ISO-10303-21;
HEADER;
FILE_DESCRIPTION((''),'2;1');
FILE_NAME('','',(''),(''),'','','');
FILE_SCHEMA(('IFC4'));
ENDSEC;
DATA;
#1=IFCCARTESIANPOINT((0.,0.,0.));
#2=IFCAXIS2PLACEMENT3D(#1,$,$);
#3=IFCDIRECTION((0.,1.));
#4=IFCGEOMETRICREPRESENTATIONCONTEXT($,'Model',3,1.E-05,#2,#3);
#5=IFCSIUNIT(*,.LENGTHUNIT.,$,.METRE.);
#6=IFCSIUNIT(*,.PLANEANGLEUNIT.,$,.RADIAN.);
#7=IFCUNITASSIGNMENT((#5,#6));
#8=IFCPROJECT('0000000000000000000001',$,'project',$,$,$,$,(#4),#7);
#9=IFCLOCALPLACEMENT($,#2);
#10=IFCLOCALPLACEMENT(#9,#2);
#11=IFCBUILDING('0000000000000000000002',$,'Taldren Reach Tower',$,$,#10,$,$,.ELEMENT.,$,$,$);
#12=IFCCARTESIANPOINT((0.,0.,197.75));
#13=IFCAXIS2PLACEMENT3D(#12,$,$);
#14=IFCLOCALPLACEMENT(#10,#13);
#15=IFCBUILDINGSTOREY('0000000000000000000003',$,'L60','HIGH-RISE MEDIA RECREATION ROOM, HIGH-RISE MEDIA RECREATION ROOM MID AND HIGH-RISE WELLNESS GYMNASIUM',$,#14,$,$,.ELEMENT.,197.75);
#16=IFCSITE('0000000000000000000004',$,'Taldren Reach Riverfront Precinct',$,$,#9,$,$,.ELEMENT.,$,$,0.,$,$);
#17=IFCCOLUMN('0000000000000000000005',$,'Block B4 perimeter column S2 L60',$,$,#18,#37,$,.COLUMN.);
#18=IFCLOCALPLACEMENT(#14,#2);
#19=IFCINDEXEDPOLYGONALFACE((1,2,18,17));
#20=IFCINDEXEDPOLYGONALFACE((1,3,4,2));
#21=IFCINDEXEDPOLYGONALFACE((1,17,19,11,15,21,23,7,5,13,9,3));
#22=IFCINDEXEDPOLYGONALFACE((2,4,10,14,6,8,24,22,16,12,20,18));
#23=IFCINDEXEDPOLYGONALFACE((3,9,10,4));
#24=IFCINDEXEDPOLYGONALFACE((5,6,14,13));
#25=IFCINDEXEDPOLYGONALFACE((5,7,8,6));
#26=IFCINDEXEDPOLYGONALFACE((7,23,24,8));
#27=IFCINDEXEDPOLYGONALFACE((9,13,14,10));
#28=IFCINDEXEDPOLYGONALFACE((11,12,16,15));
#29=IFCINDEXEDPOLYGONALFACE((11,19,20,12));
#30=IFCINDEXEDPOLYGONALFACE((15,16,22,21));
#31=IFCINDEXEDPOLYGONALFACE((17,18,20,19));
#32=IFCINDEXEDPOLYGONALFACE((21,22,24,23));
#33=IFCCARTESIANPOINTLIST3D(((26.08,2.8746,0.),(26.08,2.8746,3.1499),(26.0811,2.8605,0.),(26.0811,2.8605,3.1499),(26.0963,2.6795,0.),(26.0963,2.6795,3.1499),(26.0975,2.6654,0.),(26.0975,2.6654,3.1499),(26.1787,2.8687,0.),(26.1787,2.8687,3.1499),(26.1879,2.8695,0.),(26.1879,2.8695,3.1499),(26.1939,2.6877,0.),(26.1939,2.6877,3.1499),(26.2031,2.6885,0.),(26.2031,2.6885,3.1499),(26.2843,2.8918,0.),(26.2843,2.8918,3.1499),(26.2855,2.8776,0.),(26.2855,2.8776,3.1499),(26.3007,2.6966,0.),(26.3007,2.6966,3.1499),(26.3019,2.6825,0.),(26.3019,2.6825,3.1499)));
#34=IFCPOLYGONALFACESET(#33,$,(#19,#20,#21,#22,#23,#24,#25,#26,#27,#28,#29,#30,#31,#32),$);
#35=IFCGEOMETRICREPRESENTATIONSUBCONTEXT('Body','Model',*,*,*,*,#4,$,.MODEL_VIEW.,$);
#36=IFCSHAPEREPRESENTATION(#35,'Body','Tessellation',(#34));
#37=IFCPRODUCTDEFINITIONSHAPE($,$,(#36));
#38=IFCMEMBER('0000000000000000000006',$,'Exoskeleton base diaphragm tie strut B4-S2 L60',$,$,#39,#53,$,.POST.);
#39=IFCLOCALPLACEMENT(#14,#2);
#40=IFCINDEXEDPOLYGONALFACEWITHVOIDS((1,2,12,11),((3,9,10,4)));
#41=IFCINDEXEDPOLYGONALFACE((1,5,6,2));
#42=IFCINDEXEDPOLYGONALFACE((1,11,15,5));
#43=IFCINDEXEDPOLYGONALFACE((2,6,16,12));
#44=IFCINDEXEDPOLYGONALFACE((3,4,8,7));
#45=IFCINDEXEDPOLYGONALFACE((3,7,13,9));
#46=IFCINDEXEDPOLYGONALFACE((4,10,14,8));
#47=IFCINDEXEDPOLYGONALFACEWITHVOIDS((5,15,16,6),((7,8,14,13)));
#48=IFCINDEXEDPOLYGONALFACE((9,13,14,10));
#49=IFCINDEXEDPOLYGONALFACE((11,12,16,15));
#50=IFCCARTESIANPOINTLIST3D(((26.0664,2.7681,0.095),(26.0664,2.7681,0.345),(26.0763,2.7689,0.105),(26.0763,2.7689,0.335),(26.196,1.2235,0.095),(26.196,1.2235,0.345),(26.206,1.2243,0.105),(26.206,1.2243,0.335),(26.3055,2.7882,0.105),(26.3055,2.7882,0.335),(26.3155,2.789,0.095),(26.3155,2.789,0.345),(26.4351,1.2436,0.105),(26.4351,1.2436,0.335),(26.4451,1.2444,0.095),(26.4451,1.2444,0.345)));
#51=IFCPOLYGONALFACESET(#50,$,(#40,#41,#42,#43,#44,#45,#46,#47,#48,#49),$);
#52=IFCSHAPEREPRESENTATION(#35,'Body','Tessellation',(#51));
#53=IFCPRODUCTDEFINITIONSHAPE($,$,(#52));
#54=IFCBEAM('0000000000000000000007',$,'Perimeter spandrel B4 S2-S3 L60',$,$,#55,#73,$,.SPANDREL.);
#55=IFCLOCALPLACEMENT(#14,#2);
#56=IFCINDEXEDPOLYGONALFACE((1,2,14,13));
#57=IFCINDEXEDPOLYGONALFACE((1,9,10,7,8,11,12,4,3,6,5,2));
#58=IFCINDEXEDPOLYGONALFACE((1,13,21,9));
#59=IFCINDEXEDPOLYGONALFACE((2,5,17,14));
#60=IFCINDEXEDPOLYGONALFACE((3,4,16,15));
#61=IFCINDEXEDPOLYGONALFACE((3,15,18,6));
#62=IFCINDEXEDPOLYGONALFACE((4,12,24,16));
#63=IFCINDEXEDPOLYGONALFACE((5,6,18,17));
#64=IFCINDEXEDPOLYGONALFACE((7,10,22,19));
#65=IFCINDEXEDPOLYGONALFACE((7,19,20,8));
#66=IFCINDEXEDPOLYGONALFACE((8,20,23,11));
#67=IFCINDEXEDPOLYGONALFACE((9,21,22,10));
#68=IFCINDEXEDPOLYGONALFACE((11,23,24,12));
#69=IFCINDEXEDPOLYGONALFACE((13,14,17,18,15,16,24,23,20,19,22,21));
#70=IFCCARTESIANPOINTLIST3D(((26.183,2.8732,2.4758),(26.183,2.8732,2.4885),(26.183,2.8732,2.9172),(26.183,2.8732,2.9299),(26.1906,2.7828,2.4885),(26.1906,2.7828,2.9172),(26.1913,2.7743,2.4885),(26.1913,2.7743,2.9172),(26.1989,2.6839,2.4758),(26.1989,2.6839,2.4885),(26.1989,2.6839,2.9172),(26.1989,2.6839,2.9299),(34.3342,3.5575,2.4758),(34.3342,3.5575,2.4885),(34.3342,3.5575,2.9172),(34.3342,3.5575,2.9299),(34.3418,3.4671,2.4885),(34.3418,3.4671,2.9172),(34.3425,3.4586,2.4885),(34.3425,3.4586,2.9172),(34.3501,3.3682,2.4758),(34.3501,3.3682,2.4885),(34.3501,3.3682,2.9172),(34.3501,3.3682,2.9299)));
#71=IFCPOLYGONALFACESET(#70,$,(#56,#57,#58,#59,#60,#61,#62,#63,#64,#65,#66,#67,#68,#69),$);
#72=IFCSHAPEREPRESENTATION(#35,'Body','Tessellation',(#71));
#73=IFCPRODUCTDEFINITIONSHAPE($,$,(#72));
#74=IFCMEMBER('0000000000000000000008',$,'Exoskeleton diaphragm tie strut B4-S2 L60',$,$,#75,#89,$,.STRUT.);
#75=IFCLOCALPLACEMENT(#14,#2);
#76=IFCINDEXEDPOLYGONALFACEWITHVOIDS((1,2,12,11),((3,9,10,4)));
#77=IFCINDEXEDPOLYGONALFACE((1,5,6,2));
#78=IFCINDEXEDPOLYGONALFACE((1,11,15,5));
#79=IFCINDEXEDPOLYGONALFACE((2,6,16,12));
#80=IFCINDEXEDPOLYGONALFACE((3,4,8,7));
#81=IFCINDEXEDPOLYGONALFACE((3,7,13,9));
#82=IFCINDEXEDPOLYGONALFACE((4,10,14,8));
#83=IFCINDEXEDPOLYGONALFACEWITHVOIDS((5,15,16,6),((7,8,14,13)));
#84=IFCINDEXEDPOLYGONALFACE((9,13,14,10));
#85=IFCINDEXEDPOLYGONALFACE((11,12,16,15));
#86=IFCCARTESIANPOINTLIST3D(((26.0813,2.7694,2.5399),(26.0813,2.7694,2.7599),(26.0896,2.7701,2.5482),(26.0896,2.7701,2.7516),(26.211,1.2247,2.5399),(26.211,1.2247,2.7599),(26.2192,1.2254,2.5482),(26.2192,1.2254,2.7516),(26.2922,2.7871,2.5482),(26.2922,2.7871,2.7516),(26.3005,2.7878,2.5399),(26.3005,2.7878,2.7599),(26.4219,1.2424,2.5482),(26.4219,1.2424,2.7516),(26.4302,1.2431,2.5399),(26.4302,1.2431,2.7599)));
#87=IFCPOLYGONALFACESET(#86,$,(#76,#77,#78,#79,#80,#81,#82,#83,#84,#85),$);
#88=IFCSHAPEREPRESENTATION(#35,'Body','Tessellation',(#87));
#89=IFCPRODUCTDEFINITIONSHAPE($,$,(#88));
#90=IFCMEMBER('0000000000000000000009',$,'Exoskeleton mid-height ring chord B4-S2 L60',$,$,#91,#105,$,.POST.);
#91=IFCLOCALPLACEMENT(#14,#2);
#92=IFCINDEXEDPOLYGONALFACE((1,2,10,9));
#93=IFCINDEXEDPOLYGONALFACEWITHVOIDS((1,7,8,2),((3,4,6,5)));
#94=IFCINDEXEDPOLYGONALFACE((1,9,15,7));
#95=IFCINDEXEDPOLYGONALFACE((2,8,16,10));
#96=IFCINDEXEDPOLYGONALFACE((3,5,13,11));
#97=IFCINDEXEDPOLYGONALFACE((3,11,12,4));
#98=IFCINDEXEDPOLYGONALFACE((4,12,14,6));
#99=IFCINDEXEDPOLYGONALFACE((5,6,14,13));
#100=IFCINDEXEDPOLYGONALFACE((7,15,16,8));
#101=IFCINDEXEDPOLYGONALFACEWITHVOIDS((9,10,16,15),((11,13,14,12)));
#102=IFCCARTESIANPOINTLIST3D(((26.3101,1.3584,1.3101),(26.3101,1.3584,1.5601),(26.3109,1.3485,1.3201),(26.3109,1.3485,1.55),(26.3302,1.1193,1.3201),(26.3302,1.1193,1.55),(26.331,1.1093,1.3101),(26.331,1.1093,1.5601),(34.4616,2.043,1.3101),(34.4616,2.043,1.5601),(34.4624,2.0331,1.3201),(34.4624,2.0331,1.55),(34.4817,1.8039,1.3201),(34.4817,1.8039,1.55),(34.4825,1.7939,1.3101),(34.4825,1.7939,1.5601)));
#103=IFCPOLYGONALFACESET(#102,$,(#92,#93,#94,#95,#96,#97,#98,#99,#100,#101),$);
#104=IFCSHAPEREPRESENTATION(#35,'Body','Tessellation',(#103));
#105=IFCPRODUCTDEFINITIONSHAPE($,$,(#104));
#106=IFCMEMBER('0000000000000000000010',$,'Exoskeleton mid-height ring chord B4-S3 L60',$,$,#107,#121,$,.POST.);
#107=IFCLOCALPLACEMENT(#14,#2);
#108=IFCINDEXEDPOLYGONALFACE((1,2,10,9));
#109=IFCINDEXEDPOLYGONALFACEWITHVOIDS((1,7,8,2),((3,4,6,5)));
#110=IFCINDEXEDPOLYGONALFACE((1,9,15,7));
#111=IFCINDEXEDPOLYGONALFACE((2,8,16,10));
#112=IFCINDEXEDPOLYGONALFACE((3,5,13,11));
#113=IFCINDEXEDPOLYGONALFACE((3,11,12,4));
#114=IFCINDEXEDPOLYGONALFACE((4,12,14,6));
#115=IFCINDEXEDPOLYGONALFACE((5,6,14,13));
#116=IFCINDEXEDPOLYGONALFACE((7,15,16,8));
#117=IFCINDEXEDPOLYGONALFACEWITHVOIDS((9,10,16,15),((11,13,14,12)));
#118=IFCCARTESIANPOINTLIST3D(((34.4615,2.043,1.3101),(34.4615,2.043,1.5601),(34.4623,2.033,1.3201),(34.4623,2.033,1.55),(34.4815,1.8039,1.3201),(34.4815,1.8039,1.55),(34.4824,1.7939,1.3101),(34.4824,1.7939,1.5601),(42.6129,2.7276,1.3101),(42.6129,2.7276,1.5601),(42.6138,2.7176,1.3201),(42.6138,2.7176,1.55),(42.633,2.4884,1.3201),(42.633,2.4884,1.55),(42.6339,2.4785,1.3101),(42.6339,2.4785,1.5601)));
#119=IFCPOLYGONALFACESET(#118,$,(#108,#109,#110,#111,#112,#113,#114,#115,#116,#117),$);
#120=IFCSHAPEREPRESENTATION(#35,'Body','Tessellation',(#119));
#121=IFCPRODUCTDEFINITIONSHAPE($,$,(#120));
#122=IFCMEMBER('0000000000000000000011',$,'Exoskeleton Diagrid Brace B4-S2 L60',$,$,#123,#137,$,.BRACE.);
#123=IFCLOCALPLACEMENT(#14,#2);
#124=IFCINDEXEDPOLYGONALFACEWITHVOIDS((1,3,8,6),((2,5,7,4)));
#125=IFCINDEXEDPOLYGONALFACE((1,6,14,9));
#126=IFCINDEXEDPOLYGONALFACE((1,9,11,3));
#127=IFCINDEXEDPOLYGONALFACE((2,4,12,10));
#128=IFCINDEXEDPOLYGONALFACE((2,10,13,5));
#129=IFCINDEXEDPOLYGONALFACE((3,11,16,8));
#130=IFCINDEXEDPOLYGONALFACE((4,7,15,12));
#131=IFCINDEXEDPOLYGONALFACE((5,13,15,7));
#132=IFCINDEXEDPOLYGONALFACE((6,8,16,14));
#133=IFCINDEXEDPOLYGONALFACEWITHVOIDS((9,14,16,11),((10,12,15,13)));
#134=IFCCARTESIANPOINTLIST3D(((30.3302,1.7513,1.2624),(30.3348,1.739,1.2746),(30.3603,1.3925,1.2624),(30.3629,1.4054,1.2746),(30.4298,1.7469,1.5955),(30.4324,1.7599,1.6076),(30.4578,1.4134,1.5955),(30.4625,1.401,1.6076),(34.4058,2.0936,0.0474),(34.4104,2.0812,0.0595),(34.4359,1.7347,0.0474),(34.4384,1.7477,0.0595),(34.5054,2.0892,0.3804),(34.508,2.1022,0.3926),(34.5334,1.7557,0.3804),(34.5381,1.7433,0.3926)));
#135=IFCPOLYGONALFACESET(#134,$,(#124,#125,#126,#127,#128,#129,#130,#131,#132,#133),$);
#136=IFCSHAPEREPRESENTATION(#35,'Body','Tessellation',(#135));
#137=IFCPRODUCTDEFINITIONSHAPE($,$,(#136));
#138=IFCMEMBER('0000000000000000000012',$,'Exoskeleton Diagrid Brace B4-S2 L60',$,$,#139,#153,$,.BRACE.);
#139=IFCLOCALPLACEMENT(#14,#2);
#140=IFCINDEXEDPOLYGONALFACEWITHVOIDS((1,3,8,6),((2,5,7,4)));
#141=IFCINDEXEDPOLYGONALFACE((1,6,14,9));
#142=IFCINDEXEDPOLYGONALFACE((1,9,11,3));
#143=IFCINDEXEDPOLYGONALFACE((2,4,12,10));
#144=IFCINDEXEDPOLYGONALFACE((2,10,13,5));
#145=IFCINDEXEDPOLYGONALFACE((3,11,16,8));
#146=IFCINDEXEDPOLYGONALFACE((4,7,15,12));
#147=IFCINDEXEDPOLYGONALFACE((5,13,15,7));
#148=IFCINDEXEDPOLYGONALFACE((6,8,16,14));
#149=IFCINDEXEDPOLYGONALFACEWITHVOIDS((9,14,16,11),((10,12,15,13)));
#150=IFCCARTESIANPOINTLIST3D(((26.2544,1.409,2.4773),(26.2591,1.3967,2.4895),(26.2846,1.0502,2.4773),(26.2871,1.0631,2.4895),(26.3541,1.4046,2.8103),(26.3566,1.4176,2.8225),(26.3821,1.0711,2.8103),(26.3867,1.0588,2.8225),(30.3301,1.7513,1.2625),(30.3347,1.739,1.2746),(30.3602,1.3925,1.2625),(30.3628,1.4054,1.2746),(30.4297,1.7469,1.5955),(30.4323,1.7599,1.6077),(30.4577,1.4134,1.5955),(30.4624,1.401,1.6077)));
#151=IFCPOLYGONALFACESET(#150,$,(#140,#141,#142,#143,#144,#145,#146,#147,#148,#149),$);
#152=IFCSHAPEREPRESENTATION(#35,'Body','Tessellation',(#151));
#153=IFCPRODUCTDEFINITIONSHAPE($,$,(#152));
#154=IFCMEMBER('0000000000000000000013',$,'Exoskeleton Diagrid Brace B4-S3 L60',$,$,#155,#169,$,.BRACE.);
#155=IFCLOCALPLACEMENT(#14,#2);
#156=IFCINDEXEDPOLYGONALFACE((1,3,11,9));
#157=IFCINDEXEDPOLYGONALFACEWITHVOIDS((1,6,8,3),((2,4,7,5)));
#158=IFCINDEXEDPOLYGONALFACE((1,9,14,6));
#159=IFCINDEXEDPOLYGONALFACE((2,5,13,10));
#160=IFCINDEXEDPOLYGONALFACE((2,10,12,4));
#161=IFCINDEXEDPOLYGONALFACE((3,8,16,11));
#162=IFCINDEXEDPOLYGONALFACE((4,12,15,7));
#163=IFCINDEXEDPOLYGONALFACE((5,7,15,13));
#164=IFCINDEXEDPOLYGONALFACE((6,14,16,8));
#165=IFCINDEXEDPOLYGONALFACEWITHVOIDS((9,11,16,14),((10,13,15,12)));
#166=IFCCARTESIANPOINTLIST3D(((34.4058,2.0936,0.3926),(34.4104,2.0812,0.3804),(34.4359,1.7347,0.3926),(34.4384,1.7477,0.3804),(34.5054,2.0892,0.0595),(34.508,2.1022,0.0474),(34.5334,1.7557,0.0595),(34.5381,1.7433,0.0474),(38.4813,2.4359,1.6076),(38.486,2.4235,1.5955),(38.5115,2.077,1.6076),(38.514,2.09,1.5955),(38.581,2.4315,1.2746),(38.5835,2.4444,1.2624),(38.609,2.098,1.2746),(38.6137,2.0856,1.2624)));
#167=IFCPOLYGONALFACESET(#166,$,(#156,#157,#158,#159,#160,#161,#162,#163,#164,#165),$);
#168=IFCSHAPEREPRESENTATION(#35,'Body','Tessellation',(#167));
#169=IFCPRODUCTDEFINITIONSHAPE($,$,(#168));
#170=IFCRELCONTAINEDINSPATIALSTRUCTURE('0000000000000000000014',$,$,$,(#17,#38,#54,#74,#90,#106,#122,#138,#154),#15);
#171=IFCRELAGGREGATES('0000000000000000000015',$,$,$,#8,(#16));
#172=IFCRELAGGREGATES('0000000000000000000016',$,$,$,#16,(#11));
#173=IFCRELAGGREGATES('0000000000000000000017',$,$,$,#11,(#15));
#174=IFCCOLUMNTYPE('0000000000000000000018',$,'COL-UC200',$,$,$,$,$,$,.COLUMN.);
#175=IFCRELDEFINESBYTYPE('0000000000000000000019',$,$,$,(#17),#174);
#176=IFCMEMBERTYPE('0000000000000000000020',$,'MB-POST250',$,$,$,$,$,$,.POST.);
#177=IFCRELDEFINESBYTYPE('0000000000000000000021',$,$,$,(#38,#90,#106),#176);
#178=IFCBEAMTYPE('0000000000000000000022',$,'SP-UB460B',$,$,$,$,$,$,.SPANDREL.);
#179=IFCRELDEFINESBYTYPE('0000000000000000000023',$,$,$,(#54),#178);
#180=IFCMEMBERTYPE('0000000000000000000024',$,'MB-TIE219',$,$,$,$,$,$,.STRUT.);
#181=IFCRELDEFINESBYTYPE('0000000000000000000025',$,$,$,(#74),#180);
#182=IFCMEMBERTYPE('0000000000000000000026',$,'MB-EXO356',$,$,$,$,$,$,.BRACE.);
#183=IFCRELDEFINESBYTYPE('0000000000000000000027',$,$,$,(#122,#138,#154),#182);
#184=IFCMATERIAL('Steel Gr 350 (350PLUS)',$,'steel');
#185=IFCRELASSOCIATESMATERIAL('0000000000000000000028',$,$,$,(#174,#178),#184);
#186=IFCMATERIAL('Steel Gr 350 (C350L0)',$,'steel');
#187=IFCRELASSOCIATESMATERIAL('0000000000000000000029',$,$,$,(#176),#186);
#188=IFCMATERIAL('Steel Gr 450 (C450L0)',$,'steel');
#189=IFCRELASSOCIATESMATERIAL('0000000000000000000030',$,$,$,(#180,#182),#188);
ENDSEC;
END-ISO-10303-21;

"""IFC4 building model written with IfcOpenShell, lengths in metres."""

from ifc_helpers import new_model, si_unit, direction, frame, origin, origin_2d, place, context, subcontext, project, spatial, hollow_rectangle, i_section, extrude, source, transform, mapped, material, material_profile, profile_set, type_object, element, save


model = new_model("IFC4")

# Units and contexts
model_context = context("Model", 3, precision=1e-05, world=origin(), true_north=direction((0.0, 1.0)))
body_context = subcontext(model_context, "Body", "Model", "MODEL_VIEW")
ifc_project = project(units=[si_unit("LENGTHUNIT", "METRE"), si_unit("PLANEANGLEUNIT", "RADIAN")], contexts=[model_context])

# Site, building, storey
site_placement = place(None, origin())
site = spatial("IfcSite", under=ifc_project, at=site_placement, Name="Taldren Reach Riverfront Precinct", CompositionType="ELEMENT", RefElevation=0.0)
building_placement = place(site_placement, origin())
building = spatial("IfcBuilding", under=site, at=building_placement, Name="Taldren Reach Tower", CompositionType="ELEMENT")
storey_placement = place(building_placement, frame((0.0, 0.0, 197.75)))
storey = spatial("IfcBuildingStorey", under=building, at=storey_placement, Name="L60", Description="HIGH-RISE MEDIA RECREATION ROOM, HIGH-RISE MEDIA RECREATION ROOM MID AND HIGH-RISE WELLNESS GYMNASIUM", CompositionType="ELEMENT", Elevation=197.75)

# Column
ifc_material_1 = material(Name="Steel Gr 350 (350PLUS)", Category="steel")
ifc_material_profile_1 = material_profile(ifc_material_1, i_section(OverallWidth=0.2051, OverallDepth=0.21, WebThickness=0.0093, FlangeThickness=0.0142, at=origin_2d()), Name="200UC59.5")
ifc_profile_set_1 = profile_set([ifc_material_profile_1], Name="Steel Gr 350 (350PLUS)")
column_type = type_object("IfcColumnType", Name="COL-UC200", PredefinedType="COLUMN", material=ifc_profile_set_1)
shared_shape_1 = source(origin(), body_context, "Body", "SweptSolid", [
    extrude(i_section(OverallWidth=0.2051, OverallDepth=0.21, WebThickness=0.0093, FlangeThickness=0.0142, at=origin_2d()), origin(), (0.0, 0.0, 1.0), 3.1499),
])
column_placement = place(storey_placement, frame((26.1909, 2.7786, 0.0), z_axis=(0.0, 0.0, 1.0), x_axis=(0.996493, 0.083678, 0.0)))
element("IfcColumn", 1, at=column_placement, inside=storey, type_object=column_type, Name="Block B4 perimeter column S2 L60", PredefinedType="COLUMN", context=body_context, shape_type="MappedRepresentation", body=[
    mapped(shared_shape_1, transform((0.0, 0.0, 0.0), scale=1.0)),
])

# Member
ifc_material_2 = material(Name="Steel Gr 350 (C350L0)", Category="steel")
ifc_material_profile_2 = material_profile(ifc_material_2, hollow_rectangle(XDim=0.25, YDim=0.25, WallThickness=0.01, at=origin_2d()), Name="250x250x10.0SHS")
ifc_profile_set_2 = profile_set([ifc_material_profile_2], Name="Steel Gr 350 (C350L0)")
member_type_1 = type_object("IfcMemberType", Name="MB-POST250", PredefinedType="POST", material=ifc_profile_set_2)
shared_shape_2 = source(origin(), body_context, "Body", "SweptSolid", [
    extrude(hollow_rectangle(XDim=0.25, YDim=0.25, WallThickness=0.01, at=origin_2d()), origin(), (0.0, 0.0, 1.0), 1.55),
])
member_1_placement = place(storey_placement, frame((26.1909, 2.7786, 0.22), z_axis=(0.083632, -0.996497, 0.0), x_axis=(0.996497, 0.083632, 0.0)))
element("IfcMember", 2, at=member_1_placement, inside=storey, type_object=member_type_1, Name="Exoskeleton base diaphragm tie strut B4-S2 L60", PredefinedType="POST", context=body_context, shape_type="MappedRepresentation", body=[
    mapped(shared_shape_2, transform((0.0, 0.0, 0.0), scale=1.0)),
])

# Beam
ifc_material_profile_3 = material_profile(ifc_material_1, i_section(OverallWidth=0.1899, OverallDepth=0.4541, WebThickness=0.0085, FlangeThickness=0.0127, at=origin_2d()), Name="460UB67.1")
ifc_profile_set_3 = profile_set([ifc_material_profile_3], Name="Steel Gr 350 (350PLUS)")
beam_type = type_object("IfcBeamType", Name="SP-UB460B", PredefinedType="SPANDREL", material=ifc_profile_set_3)
shared_shape_3 = source(origin(), body_context, "Body", "SweptSolid", [
    extrude(i_section(OverallWidth=0.1899, OverallDepth=0.4541, WebThickness=0.0085, FlangeThickness=0.0127, at=origin_2d()), origin(), (0.0, 0.0, 1.0), 8.1799),
])
beam_placement = place(storey_placement, frame((26.1909, 2.7786, 2.7029), z_axis=(0.996495, 0.083658, 0.0), x_axis=(-0.083658, 0.996495, 0.0)))
element("IfcBeam", 3, at=beam_placement, inside=storey, type_object=beam_type, Name="Perimeter spandrel B4 S2-S3 L60", PredefinedType="SPANDREL", context=body_context, shape_type="MappedRepresentation", body=[
    mapped(shared_shape_3, transform((0.0, 0.0, 0.0), scale=1.0)),
])

# Members
ifc_material_3 = material(Name="Steel Gr 450 (C450L0)", Category="steel")
ifc_material_profile_4 = material_profile(ifc_material_3, hollow_rectangle(XDim=0.22, YDim=0.22, WallThickness=0.0083, at=origin_2d()), Name="220x220x8.2SHS")
ifc_profile_set_4 = profile_set([ifc_material_profile_4], Name="Steel Gr 450 (C450L0)")
member_type_2 = type_object("IfcMemberType", Name="MB-TIE219", PredefinedType="STRUT", material=ifc_profile_set_4)
shared_shape_4 = source(origin(), body_context, "Body", "SweptSolid", [
    extrude(hollow_rectangle(XDim=0.22, YDim=0.22, WallThickness=0.0083, at=origin_2d()), origin(), (0.0, 0.0, 1.0), 1.55),
])
member_2_placement = place(storey_placement, frame((26.1909, 2.7786, 2.6499), z_axis=(0.083632, -0.996497, 0.0), x_axis=(0.996497, 0.083632, 0.0)))
element("IfcMember", 4, at=member_2_placement, inside=storey, type_object=member_type_2, Name="Exoskeleton diaphragm tie strut B4-S2 L60", PredefinedType="STRUT", context=body_context, shape_type="MappedRepresentation", body=[
    mapped(shared_shape_4, transform((0.0, 0.0, 0.0), scale=1.0)),
])
shared_shape_5 = source(origin(), body_context, "Body", "SweptSolid", [
    extrude(hollow_rectangle(XDim=0.25, YDim=0.25, WallThickness=0.01, at=origin_2d()), origin(), (0.0, 0.0, 1.0), 8.1802),
])
for number, where, z_axis, x_axis, name in (
    (5, (26.3206, 1.2339, 1.4351), (0.996492, 0.083688, 0.0), (-0.083688, 0.996492, 0.0), "Exoskeleton mid-height ring chord B4-S2 L60"),
    (6, (34.4719, 1.9185, 1.4351), (0.996492, 0.083688, 0.0), (-0.083688, 0.996492, 0.0), "Exoskeleton mid-height ring chord B4-S3 L60"),
):
    element("IfcMember", number, at=place(storey_placement, frame(where, z_axis=z_axis, x_axis=x_axis)), inside=storey, type_object=member_type_1, Name=name, PredefinedType="POST", context=body_context, shape_type="MappedRepresentation", body=[
        mapped(shared_shape_5, transform((0.0, 0.0, 0.0), scale=1.0)),
    ])
ifc_material_profile_5 = material_profile(ifc_material_3, hollow_rectangle(XDim=0.3601, YDim=0.3601, WallThickness=0.0127, at=origin_2d()), Name="360x360x12.7SHS")
ifc_profile_set_5 = profile_set([ifc_material_profile_5], Name="Steel Gr 450 (C450L0)")
member_type_3 = type_object("IfcMemberType", Name="MB-EXO356", PredefinedType="BRACE", material=ifc_profile_set_5)
shared_shape_6 = source(origin(), body_context, "Body", "SweptSolid", [
    extrude(hollow_rectangle(XDim=0.3601, YDim=0.3601, WallThickness=0.0127, at=origin_2d()), origin(), (0.0, 0.0, 1.0), 4.2666),
])
for number, where, z_axis, x_axis, name in (
    (7, (34.4719, 1.9185, 0.22), (-0.955229, -0.080222, 0.284783), (0.083688, -0.996492, 0.0), "Exoskeleton Diagrid Brace B4-S2 L60"),
    (8, (30.3962, 1.5762, 1.4351), (-0.955245, -0.080224, 0.284731), (0.083688, -0.996492, 0.0), "Exoskeleton Diagrid Brace B4-S2 L60"),
    (9, (34.4719, 1.9185, 0.22), (0.955229, 0.080222, 0.284783), (-0.083688, 0.996492, 0.0), "Exoskeleton Diagrid Brace B4-S3 L60"),
):
    element("IfcMember", number, at=place(storey_placement, frame(where, z_axis=z_axis, x_axis=x_axis)), inside=storey, type_object=member_type_3, Name=name, PredefinedType="BRACE", context=body_context, shape_type="MappedRepresentation", body=[
        mapped(shared_shape_6, transform((0.0, 0.0, 0.0), scale=1.0)),
    ])

save(model, "model.ifc")
